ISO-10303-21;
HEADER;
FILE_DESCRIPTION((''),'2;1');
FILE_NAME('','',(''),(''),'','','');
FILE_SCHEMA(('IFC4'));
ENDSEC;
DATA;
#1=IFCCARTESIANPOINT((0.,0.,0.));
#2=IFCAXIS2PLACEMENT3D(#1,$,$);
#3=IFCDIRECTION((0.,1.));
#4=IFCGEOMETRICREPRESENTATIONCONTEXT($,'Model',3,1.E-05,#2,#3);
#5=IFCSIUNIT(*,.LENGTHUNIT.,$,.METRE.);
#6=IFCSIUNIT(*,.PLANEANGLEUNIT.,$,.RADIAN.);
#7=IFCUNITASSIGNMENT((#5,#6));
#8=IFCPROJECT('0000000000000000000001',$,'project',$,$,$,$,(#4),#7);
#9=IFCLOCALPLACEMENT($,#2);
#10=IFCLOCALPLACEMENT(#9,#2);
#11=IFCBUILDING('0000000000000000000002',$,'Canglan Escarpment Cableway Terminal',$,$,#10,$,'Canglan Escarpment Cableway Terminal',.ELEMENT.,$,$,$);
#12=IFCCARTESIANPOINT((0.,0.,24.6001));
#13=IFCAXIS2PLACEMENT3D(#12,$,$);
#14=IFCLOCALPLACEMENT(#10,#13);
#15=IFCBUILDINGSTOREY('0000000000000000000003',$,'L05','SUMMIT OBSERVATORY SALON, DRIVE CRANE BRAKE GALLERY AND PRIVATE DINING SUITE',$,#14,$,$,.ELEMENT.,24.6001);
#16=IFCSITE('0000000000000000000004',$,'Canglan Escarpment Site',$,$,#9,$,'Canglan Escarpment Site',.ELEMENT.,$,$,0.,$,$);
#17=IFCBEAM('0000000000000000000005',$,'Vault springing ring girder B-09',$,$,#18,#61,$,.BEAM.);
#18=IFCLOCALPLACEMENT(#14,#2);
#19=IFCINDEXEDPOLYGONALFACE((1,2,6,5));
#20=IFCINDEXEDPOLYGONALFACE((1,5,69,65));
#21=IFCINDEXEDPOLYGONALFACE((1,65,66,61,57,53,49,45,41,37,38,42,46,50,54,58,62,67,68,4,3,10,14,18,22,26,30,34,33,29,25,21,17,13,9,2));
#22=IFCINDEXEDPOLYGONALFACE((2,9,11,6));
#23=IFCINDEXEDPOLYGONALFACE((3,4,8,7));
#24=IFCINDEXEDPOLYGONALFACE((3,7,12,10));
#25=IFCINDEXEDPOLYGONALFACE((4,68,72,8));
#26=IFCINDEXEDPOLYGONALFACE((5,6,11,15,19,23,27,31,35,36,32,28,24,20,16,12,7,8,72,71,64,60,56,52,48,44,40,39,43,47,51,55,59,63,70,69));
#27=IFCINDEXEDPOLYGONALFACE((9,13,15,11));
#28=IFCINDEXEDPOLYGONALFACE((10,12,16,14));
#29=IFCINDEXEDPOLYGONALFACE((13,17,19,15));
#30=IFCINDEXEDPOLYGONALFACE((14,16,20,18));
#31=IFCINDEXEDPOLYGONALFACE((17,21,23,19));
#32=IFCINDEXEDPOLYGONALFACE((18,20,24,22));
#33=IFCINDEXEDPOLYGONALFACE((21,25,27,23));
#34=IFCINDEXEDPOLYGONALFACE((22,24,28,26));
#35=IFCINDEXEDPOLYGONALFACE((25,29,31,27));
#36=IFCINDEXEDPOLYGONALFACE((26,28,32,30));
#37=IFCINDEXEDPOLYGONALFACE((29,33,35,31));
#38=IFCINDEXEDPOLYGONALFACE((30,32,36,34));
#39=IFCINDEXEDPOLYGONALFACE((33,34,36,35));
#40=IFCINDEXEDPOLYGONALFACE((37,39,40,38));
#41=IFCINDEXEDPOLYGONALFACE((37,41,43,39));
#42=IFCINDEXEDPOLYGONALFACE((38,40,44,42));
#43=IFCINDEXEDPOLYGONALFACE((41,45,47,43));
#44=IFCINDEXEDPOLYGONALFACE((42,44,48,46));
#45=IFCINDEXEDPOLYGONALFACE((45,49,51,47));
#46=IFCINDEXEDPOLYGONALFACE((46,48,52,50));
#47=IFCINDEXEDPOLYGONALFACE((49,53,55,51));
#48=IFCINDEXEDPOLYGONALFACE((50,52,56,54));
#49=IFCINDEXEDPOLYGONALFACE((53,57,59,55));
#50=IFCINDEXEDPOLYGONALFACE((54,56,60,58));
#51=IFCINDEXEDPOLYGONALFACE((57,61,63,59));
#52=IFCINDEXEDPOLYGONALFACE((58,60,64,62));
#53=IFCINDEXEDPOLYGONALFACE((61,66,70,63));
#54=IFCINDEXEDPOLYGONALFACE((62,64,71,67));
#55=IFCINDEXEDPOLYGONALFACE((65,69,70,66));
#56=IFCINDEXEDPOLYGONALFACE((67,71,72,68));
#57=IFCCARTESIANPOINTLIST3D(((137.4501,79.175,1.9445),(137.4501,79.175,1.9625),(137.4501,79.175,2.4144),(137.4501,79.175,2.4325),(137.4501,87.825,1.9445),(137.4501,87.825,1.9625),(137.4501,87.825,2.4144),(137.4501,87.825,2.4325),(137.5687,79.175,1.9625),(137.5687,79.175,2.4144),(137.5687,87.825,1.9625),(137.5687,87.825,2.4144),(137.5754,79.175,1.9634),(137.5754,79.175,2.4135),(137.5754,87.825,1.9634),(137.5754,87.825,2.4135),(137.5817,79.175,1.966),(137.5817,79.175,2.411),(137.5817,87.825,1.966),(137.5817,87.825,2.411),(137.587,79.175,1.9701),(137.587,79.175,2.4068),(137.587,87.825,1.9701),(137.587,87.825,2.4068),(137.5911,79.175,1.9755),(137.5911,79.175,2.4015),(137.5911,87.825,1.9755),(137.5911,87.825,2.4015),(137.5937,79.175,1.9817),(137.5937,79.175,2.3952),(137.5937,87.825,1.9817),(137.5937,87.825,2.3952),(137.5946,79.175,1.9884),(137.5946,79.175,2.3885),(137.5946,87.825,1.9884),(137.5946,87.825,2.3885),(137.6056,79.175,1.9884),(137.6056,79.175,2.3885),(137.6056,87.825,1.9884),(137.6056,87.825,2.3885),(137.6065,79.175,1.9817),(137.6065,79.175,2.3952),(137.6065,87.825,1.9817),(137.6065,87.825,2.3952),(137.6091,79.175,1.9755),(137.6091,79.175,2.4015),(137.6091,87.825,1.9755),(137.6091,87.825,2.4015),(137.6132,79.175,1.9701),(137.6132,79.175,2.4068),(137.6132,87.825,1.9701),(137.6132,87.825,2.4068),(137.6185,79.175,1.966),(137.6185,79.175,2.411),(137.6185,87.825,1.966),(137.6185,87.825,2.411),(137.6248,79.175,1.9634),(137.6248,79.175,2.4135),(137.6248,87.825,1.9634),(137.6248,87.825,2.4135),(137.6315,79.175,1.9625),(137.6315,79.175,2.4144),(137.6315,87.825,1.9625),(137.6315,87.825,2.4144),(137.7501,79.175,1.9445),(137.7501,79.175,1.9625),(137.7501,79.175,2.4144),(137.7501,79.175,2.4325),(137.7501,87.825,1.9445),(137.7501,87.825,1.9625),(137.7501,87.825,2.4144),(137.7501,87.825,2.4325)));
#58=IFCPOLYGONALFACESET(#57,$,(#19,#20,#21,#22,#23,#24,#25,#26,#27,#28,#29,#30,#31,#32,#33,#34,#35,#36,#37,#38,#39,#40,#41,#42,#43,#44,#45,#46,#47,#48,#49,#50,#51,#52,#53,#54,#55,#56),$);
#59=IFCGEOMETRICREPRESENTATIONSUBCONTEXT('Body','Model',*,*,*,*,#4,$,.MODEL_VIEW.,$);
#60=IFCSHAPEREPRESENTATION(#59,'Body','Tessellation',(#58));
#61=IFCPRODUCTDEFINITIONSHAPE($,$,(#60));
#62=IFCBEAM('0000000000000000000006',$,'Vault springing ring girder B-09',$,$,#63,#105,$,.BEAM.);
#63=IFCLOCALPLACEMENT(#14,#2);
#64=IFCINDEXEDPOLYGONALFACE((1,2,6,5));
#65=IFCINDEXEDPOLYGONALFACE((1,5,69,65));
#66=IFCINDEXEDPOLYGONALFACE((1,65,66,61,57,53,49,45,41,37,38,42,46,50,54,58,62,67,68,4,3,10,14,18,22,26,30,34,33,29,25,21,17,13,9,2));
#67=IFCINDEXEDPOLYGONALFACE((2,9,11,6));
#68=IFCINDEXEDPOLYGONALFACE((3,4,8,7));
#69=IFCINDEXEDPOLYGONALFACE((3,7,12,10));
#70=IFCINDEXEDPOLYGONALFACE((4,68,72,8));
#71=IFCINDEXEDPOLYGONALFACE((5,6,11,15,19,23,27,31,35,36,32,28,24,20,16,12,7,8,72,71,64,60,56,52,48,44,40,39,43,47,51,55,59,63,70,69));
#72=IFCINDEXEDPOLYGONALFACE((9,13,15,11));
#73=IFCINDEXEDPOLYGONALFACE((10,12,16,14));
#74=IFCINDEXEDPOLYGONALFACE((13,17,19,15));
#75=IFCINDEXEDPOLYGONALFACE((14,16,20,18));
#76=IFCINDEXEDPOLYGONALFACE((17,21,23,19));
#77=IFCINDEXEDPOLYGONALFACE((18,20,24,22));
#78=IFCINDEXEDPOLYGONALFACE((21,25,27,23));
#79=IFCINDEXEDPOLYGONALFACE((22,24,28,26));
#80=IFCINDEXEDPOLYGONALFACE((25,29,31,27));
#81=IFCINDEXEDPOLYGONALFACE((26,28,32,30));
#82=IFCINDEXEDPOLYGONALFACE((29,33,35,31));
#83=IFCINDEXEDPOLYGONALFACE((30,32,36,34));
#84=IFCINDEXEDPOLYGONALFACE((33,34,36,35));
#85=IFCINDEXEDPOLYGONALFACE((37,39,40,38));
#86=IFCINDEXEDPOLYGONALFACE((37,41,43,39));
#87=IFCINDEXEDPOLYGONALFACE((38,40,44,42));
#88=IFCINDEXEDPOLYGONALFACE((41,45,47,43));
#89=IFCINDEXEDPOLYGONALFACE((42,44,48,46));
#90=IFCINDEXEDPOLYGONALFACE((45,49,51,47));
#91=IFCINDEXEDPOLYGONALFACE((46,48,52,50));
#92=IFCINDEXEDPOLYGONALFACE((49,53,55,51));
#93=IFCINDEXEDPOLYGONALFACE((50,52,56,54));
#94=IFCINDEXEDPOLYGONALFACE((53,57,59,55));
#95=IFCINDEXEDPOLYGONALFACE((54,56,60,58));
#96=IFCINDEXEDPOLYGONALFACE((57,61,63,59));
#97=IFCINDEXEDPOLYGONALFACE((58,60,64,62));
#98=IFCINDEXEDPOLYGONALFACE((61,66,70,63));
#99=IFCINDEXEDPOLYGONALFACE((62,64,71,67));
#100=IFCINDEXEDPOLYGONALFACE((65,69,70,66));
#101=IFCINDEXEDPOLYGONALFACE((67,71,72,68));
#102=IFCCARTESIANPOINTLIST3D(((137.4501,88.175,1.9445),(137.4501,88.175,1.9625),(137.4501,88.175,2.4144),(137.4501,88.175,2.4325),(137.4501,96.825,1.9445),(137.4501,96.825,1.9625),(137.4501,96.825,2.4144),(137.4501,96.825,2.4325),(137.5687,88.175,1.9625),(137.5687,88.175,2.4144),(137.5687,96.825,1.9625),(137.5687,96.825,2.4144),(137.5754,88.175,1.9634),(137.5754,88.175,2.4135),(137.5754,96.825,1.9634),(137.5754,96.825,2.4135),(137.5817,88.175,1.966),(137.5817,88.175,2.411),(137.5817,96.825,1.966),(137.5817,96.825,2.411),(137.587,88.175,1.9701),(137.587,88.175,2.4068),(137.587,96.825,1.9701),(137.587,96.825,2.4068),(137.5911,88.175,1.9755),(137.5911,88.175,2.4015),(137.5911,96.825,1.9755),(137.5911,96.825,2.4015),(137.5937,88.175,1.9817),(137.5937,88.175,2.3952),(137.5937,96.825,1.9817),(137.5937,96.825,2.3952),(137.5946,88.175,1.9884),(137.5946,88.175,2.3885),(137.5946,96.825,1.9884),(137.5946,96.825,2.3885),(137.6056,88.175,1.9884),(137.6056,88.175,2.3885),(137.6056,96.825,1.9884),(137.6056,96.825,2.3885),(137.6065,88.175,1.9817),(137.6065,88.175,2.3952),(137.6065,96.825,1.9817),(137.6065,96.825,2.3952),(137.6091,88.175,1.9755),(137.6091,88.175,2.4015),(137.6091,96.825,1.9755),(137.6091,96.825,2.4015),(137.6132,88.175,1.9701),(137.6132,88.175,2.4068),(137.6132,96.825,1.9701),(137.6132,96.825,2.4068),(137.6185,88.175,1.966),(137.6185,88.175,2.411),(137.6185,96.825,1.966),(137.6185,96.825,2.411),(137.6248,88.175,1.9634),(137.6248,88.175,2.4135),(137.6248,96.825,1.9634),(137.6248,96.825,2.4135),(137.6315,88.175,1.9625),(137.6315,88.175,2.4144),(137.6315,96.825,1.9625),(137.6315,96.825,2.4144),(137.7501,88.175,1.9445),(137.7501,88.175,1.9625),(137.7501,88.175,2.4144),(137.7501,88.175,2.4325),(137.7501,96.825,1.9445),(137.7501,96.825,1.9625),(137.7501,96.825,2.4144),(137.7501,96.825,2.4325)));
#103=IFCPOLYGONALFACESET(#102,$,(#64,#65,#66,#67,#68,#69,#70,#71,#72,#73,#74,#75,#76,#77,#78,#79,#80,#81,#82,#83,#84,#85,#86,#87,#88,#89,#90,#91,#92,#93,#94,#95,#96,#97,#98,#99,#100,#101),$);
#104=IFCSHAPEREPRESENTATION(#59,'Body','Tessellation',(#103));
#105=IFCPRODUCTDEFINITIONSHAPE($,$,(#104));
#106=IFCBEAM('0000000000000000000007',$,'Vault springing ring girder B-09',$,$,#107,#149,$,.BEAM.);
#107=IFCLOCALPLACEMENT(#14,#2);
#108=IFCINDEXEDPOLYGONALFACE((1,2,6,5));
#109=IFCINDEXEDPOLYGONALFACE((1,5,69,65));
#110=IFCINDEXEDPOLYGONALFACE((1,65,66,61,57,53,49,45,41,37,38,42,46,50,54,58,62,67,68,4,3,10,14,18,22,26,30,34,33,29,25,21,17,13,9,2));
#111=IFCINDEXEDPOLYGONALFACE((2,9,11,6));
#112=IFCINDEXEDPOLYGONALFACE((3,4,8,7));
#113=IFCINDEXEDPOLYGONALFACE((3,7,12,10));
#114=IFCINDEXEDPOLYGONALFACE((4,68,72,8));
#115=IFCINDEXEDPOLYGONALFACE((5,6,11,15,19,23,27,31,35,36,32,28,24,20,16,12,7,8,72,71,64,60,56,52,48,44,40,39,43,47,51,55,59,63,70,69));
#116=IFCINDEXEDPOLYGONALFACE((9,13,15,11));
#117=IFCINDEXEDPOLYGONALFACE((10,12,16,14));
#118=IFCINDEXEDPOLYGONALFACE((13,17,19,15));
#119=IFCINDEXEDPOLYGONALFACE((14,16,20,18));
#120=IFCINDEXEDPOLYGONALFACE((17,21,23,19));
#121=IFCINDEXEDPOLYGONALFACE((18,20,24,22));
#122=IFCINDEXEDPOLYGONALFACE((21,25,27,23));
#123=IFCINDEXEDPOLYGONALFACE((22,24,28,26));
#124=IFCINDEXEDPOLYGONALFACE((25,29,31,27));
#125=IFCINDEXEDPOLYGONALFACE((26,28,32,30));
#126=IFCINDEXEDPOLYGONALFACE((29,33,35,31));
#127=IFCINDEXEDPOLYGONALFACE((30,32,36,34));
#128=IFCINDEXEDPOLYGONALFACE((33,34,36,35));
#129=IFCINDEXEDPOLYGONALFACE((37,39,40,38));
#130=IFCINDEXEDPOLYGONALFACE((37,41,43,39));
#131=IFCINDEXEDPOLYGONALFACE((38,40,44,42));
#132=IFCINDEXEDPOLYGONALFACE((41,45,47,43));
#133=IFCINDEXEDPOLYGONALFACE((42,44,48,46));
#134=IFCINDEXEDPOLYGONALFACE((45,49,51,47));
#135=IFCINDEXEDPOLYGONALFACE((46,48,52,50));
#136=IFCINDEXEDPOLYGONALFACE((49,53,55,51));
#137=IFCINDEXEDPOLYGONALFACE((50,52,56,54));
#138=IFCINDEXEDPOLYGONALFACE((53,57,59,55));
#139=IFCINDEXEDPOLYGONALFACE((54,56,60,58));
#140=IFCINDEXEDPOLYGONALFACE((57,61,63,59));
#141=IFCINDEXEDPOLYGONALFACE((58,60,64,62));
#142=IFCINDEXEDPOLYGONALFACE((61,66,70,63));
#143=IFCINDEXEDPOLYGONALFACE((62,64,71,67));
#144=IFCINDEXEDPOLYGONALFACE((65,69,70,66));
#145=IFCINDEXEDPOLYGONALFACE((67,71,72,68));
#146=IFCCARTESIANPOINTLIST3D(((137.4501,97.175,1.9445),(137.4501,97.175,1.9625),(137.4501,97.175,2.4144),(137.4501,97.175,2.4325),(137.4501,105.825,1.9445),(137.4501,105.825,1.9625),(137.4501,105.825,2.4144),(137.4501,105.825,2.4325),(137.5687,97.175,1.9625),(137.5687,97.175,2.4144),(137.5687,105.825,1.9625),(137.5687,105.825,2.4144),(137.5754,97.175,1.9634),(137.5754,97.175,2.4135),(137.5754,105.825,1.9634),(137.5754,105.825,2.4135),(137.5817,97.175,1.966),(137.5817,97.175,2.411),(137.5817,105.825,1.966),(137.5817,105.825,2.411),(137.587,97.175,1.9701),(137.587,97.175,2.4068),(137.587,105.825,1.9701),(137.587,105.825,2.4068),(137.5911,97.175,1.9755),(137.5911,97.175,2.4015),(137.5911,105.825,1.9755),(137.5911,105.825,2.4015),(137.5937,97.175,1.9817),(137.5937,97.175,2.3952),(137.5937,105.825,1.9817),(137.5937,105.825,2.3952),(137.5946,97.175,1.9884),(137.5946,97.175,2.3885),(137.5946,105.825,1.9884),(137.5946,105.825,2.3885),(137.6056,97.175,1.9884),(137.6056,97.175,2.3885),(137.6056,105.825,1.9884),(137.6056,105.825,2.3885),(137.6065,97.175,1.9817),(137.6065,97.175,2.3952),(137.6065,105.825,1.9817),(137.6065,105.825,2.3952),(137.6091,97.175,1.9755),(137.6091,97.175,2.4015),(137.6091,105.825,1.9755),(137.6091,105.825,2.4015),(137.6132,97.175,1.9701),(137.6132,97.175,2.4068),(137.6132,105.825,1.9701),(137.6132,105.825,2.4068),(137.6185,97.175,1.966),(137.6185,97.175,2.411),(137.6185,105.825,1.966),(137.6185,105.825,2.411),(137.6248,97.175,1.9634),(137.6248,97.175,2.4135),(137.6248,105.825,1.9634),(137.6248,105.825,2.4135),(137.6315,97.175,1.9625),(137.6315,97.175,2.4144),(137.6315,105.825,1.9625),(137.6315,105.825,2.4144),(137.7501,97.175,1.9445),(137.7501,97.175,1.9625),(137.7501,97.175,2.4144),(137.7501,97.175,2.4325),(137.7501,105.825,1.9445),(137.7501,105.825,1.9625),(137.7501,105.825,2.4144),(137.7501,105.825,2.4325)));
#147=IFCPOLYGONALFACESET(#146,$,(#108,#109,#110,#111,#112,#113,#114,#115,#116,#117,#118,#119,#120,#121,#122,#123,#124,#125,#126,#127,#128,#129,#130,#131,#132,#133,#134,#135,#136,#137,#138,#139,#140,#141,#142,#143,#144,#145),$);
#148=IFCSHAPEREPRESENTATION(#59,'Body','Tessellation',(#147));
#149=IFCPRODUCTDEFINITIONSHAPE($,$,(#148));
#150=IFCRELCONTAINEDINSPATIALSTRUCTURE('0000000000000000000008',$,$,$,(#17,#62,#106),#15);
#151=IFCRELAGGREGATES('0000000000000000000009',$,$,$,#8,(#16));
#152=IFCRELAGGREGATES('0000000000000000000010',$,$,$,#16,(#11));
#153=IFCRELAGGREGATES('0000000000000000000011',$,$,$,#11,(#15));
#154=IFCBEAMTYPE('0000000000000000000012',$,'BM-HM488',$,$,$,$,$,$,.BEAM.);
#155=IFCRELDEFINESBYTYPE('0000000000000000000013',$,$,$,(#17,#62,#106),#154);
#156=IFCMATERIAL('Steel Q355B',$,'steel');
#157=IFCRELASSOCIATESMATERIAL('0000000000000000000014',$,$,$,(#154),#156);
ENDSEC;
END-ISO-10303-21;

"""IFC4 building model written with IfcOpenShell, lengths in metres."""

from ifc_helpers import new_model, si_unit, direction, frame, origin, origin_2d, place, context, subcontext, project, spatial, i_section, extrude, material, material_profile, profile_set, type_object, element, save


model = new_model("IFC4")

# Units and contexts
model_context = context("Model", 3, precision=1e-05, world=origin(), true_north=direction((0.0, 1.0)))
body_context = subcontext(model_context, "Body", "Model", "MODEL_VIEW")
ifc_project = project(units=[si_unit("LENGTHUNIT", "METRE"), si_unit("PLANEANGLEUNIT", "RADIAN")], contexts=[model_context])

# Site, building, storey
site_placement = place(None, origin())
site = spatial("IfcSite", under=ifc_project, at=site_placement, Name="Canglan Escarpment Site", LongName="Canglan Escarpment Site", CompositionType="ELEMENT", RefElevation=0.0)
building_placement = place(site_placement, origin())
building = spatial("IfcBuilding", under=site, at=building_placement, Name="Canglan Escarpment Cableway Terminal", LongName="Canglan Escarpment Cableway Terminal", CompositionType="ELEMENT")
storey_placement = place(building_placement, frame((0.0, 0.0, 24.6001)))
storey = spatial("IfcBuildingStorey", under=building, at=storey_placement, Name="L05", Description="SUMMIT OBSERVATORY SALON, DRIVE CRANE BRAKE GALLERY AND PRIVATE DINING SUITE", CompositionType="ELEMENT", Elevation=24.6001)

# Beams
ifc_material_1 = material(Name="Steel Q355B", Category="steel")
ifc_material_profile_1 = material_profile(ifc_material_1, i_section(OverallWidth=0.3, OverallDepth=0.488, WebThickness=0.011, FlangeThickness=0.0181, FilletRadius=0.0259, at=origin_2d()), Name="HM 488x300x11x18")
ifc_profile_set_1 = profile_set([ifc_material_profile_1], Name="Steel Q355B")
beam_type_1 = type_object("IfcBeamType", Name="BM-HM488", PredefinedType="BEAM", material=ifc_profile_set_1)
for number, where, z_axis, x_axis, name in (
    (1, (137.6001, 79.175, 2.1885), (0.0, 1.0, 0.0), (-1.0, 0.0, 0.0), "Vault springing ring girder B-09"),
    (2, (137.6001, 88.175, 2.1885), (0.0, 1.0, 0.0), (-1.0, 0.0, 0.0), "Vault springing ring girder B-09"),
    (3, (137.6001, 97.175, 2.1885), (0.0, 1.0, 0.0), (-1.0, 0.0, 0.0), "Vault springing ring girder B-09"),
):
    element("IfcBeam", number, at=place(storey_placement, frame(where, z_axis=z_axis, x_axis=x_axis)), inside=storey, type_object=beam_type_1, Name=name, PredefinedType="BEAM", context=body_context, shape_type="SweptSolid", body=[
        extrude(i_section(OverallWidth=0.3, OverallDepth=0.488, WebThickness=0.011, FlangeThickness=0.0181, FilletRadius=0.0259, at=origin_2d()), origin(), (0.0, 0.0, 1.0), 8.6499),
    ])

save(model, "model.ifc")
